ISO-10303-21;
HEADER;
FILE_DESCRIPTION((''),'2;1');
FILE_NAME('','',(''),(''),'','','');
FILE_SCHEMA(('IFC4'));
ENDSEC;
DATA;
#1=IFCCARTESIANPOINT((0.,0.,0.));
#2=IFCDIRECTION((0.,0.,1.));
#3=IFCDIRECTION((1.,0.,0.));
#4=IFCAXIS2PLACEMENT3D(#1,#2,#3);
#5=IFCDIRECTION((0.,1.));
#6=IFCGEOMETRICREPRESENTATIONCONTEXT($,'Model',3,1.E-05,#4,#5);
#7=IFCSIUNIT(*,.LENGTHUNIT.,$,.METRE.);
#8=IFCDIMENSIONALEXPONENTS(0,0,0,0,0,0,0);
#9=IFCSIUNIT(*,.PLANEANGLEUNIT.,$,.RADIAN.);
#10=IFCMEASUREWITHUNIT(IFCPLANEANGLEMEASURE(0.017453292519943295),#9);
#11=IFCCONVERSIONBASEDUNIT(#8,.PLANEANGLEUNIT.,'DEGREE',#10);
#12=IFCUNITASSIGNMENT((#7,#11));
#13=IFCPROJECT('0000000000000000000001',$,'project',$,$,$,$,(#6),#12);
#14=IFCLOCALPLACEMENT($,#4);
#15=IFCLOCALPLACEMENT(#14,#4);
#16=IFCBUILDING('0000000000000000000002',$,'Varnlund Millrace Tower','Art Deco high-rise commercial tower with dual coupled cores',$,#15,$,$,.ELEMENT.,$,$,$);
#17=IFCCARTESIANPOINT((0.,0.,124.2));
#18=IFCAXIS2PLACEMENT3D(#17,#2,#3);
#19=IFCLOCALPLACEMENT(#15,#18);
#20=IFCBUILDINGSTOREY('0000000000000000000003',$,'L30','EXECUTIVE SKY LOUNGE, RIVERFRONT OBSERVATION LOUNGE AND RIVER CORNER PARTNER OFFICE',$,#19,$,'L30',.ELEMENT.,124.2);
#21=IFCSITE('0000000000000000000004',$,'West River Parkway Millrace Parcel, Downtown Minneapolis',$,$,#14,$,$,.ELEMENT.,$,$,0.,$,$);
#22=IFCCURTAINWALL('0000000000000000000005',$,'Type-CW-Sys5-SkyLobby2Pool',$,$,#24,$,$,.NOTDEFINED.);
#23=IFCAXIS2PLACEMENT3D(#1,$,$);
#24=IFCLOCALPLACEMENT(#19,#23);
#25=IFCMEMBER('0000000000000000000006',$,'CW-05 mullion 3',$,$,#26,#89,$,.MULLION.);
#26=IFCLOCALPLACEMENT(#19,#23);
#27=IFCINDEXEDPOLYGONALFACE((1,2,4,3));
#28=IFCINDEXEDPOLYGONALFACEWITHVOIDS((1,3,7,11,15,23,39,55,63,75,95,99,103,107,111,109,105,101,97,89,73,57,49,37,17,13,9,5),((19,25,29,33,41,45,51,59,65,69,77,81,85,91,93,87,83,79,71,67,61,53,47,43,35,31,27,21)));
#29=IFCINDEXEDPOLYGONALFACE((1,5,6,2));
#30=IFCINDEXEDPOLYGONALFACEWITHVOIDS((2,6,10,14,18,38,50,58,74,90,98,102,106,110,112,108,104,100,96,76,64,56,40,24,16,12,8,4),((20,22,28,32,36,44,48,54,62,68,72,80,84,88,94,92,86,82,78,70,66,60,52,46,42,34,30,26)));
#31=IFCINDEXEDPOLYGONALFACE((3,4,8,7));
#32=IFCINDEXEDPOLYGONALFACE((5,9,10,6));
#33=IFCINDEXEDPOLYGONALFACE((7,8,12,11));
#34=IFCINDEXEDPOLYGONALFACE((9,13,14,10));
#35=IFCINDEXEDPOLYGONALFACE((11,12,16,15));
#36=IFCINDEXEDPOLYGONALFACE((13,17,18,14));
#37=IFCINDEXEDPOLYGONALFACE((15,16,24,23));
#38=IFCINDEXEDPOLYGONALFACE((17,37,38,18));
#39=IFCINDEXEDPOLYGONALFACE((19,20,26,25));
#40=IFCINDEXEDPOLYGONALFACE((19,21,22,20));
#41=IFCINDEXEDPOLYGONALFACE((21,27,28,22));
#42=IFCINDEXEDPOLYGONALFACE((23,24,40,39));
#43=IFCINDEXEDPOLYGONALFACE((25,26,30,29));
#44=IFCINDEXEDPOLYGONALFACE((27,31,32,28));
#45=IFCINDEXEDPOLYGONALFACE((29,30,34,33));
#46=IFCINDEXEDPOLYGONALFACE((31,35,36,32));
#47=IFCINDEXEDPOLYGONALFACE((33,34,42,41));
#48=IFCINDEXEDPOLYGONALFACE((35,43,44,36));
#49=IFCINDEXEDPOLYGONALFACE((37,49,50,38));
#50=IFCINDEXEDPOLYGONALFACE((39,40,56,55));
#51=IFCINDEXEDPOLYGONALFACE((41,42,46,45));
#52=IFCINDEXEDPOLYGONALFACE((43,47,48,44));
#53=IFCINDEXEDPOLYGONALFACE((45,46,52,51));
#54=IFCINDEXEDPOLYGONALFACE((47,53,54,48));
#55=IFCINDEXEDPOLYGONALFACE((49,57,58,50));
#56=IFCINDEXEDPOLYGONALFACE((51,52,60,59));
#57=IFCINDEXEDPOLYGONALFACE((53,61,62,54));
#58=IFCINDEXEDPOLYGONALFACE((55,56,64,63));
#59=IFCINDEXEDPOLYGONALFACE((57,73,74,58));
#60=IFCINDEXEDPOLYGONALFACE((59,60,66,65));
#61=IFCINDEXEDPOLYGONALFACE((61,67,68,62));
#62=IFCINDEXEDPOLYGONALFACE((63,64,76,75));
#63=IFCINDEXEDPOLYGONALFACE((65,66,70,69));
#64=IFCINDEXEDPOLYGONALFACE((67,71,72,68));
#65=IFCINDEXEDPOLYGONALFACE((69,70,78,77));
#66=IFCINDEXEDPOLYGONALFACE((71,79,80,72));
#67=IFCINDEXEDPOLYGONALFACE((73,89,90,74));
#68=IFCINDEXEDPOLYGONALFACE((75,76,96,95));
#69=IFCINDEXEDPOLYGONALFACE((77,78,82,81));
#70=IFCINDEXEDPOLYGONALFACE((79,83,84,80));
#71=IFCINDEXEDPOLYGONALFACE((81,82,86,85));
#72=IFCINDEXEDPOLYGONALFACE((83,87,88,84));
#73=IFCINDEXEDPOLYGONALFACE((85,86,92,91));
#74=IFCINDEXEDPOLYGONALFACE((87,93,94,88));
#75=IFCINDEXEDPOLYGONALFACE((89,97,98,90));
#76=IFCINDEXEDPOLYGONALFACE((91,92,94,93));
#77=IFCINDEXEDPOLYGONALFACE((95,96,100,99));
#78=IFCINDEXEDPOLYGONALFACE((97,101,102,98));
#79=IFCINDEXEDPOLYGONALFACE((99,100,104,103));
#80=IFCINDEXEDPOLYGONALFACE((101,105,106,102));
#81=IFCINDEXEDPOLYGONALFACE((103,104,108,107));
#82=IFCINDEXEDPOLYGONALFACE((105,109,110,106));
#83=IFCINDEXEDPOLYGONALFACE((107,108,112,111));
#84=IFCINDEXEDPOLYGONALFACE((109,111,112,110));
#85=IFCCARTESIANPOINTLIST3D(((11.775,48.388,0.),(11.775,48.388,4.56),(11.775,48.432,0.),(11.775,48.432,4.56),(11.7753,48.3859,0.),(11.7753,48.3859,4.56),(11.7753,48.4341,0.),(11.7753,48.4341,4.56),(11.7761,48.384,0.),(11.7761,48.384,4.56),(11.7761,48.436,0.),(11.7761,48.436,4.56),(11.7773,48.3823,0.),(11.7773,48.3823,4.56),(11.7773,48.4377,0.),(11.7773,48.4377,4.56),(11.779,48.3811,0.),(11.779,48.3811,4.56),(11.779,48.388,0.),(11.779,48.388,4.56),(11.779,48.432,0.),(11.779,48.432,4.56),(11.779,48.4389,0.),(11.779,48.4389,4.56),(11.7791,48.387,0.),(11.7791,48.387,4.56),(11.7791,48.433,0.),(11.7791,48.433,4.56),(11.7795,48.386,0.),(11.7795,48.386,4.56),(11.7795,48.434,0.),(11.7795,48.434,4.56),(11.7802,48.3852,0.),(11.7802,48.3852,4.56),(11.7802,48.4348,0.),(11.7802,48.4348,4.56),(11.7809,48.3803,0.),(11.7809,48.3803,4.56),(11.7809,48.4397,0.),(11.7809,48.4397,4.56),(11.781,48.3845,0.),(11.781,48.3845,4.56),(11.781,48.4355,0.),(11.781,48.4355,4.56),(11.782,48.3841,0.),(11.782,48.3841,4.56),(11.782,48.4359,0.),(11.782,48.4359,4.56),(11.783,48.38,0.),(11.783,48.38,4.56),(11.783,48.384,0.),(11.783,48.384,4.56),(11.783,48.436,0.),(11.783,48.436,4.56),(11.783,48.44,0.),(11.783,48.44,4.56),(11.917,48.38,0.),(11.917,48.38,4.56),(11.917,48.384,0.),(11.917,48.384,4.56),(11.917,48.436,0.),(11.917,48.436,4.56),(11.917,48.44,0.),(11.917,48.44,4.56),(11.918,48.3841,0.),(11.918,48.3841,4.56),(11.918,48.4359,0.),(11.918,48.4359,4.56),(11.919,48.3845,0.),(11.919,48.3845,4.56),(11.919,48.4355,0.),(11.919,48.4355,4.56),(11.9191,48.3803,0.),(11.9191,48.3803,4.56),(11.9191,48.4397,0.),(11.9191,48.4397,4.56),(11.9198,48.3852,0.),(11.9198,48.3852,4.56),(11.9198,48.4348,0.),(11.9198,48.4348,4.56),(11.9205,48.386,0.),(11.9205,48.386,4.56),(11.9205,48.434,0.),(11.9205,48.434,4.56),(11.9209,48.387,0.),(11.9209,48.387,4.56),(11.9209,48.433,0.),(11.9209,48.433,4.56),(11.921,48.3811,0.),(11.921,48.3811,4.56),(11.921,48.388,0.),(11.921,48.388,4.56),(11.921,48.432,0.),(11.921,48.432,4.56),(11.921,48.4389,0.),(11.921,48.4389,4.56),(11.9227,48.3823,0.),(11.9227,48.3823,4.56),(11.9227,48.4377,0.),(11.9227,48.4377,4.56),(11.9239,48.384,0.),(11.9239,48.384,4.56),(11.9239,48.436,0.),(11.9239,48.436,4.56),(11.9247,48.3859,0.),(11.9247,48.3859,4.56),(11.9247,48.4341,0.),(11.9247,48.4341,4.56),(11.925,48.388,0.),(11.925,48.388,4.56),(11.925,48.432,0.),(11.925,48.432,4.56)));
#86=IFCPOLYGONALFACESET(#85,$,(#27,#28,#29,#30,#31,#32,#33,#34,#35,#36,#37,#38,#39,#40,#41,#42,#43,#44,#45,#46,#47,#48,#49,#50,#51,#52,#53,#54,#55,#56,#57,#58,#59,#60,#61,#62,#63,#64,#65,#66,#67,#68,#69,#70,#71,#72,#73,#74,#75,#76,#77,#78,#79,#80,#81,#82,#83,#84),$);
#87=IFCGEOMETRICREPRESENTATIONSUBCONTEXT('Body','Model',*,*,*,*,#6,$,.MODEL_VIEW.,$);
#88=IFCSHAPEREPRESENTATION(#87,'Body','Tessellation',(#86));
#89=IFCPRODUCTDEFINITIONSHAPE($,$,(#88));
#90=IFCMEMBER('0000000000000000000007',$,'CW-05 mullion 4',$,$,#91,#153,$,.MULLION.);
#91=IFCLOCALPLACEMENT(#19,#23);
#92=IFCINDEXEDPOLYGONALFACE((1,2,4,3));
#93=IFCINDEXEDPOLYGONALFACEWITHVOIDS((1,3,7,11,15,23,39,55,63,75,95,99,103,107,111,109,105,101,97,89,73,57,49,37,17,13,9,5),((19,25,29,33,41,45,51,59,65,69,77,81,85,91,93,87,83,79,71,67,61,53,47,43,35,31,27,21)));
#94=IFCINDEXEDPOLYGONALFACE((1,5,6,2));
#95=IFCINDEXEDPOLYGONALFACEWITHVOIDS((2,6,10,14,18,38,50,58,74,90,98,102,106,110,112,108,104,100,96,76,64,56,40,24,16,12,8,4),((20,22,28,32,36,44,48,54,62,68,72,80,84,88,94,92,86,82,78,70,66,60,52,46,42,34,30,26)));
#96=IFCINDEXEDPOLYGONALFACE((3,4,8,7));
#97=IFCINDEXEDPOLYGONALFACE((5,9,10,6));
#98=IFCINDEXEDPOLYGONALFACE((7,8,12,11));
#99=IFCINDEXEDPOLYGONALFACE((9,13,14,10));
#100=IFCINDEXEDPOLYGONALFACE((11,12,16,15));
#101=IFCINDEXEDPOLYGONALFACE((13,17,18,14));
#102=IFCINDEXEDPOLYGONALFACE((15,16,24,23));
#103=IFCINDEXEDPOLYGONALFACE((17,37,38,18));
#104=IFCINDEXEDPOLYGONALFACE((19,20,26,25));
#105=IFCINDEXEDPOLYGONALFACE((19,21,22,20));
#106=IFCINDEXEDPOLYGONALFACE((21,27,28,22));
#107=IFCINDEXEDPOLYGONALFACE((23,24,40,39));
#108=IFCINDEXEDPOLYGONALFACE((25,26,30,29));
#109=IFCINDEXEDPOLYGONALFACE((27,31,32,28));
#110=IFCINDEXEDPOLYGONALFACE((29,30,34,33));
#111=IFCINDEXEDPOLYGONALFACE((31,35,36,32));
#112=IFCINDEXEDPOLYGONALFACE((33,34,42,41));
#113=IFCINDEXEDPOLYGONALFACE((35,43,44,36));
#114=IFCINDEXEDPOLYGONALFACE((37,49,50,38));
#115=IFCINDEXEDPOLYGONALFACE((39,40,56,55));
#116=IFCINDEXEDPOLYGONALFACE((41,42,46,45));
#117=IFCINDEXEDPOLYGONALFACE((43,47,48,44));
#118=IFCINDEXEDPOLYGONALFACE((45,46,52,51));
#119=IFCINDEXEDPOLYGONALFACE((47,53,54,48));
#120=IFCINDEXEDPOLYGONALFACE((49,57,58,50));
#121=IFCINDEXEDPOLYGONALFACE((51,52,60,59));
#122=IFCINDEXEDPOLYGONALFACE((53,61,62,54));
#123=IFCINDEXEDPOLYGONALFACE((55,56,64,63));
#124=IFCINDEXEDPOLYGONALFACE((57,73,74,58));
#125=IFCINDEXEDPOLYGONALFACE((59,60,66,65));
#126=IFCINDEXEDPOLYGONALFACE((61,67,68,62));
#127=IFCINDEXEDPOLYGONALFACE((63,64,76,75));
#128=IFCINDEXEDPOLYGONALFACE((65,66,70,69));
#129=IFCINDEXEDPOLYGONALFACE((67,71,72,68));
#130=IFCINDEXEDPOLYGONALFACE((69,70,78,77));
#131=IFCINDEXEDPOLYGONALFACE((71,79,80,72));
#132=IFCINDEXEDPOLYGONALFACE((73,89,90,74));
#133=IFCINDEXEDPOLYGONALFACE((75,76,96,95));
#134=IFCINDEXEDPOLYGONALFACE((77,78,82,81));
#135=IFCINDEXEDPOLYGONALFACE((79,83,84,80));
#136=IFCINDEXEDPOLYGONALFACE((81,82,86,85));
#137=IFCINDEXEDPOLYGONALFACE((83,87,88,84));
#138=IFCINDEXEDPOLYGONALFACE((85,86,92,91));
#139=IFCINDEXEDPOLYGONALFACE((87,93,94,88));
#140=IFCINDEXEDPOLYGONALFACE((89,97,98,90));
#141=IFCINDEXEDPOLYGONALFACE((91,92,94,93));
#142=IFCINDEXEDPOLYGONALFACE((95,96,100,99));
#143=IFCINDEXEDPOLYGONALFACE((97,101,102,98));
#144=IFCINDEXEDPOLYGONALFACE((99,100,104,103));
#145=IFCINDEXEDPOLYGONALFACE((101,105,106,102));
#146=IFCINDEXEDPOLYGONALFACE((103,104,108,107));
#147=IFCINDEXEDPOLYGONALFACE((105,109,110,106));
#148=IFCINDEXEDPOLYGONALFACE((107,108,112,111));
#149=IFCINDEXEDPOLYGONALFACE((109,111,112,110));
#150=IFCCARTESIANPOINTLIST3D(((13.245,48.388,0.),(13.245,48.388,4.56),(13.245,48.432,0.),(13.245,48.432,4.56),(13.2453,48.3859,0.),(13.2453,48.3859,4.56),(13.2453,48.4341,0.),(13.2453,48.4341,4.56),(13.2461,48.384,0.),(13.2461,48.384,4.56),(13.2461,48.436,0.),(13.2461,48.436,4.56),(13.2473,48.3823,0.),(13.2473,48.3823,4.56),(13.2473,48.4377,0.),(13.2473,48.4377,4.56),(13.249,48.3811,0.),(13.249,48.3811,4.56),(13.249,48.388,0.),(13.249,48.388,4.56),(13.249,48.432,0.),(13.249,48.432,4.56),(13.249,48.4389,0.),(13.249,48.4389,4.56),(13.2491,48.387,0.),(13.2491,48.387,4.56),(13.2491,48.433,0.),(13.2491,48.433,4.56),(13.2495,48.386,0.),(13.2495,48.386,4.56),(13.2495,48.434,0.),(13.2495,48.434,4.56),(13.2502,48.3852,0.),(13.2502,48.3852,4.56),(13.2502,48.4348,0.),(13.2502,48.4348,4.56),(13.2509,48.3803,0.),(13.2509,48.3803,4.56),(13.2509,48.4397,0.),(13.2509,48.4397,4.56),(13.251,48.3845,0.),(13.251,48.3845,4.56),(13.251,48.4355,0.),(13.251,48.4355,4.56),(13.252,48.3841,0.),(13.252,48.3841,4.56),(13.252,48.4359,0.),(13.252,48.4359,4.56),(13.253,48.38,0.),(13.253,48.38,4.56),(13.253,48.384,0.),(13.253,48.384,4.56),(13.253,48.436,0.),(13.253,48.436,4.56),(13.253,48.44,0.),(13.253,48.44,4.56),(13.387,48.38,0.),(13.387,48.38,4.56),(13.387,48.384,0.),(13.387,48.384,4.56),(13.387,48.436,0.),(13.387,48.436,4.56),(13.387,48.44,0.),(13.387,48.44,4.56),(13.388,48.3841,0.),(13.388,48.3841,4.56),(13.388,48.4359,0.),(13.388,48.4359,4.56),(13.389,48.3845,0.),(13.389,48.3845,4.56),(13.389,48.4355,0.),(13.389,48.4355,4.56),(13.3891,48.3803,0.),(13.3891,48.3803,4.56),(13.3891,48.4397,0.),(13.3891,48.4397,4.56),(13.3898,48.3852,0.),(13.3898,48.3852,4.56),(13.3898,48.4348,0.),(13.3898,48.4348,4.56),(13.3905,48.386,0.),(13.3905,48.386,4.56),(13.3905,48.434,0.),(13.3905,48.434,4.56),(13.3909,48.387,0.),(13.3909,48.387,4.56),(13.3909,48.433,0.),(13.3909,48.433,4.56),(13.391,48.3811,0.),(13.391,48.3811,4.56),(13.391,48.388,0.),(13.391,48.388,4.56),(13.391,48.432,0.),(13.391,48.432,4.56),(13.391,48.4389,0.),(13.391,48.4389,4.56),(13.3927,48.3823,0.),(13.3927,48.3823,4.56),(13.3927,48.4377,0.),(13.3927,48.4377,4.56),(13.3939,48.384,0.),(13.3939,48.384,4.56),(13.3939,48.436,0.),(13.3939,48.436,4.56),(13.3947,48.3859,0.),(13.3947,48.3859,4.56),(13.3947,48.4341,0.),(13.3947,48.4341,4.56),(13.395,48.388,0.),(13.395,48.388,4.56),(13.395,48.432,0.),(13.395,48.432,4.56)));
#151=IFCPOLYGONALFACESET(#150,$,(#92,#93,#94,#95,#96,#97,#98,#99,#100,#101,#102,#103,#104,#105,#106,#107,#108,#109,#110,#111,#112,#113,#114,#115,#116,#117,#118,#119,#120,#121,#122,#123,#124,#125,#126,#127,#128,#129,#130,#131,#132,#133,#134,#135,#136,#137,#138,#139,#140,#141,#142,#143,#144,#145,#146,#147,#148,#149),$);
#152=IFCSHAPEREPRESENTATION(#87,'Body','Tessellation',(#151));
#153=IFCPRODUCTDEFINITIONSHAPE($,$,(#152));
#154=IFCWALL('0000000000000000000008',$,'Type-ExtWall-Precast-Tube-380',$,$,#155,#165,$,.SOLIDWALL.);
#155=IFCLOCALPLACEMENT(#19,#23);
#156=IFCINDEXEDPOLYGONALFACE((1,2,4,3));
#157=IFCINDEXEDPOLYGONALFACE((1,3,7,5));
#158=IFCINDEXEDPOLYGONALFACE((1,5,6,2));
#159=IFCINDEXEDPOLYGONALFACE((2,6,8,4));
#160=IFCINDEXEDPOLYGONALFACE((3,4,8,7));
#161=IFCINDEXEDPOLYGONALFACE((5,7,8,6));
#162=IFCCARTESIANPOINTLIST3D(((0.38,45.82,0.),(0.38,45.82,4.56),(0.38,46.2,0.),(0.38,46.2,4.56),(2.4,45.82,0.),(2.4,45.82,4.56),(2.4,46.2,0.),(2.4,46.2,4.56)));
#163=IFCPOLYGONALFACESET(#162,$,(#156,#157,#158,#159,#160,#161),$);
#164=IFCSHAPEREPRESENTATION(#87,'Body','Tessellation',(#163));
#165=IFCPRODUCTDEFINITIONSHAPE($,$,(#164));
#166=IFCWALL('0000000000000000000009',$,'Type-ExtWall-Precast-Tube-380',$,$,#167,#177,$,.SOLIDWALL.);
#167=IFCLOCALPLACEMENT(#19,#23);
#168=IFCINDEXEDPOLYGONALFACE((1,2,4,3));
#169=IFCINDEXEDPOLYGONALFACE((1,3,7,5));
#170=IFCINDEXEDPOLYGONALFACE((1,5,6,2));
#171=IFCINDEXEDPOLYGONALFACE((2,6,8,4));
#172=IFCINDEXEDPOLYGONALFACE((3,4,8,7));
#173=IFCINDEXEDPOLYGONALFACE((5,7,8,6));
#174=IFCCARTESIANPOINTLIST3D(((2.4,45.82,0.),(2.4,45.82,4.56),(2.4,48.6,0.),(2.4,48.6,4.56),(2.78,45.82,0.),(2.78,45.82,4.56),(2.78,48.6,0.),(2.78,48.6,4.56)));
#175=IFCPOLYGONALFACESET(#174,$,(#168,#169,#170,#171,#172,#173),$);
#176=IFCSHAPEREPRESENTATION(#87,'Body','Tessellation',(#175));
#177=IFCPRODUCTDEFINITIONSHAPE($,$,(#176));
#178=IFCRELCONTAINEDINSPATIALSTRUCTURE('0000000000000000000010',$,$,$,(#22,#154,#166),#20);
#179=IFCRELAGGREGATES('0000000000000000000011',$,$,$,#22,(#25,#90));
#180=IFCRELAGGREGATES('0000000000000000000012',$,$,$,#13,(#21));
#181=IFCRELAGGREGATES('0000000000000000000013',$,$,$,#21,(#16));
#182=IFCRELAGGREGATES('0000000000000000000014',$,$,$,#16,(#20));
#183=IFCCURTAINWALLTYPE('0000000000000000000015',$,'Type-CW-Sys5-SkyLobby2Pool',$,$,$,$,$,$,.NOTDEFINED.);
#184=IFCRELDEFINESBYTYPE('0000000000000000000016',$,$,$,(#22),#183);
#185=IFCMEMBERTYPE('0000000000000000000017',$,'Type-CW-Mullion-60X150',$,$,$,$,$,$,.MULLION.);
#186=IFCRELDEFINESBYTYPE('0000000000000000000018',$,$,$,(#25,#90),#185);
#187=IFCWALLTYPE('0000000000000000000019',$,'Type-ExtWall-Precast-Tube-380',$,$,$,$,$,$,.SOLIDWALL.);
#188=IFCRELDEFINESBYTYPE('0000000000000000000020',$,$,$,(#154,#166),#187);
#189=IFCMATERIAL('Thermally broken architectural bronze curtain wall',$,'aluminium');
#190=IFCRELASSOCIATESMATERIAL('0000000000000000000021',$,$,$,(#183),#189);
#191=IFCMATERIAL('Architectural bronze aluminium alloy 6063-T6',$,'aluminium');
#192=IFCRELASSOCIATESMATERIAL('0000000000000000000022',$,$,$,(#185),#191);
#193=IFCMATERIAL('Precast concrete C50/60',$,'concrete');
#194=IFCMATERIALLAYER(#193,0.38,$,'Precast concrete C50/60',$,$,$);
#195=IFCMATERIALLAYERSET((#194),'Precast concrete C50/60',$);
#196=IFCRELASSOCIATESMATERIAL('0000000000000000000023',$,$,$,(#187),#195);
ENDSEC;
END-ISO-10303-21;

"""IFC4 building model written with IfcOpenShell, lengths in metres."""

from ifc_helpers import new_model, entity, si_unit, converted_unit, direction, frame, origin_with_axes, origin_2d_with_axis, place, context, subcontext, project, spatial, polyline, hollow_rectangle, outline, extrude, material, layer, layer_set, material_profile, profile_set, type_object, element, aggregate, save


model = new_model("IFC4")

# Units and contexts
model_context = context("Model", 3, precision=1e-05, world=origin_with_axes(), true_north=direction((0.0, 1.0)))
body_context = subcontext(model_context, "Body", "Model", "MODEL_VIEW")
ifc_project = project(units=[si_unit("LENGTHUNIT", "METRE"), converted_unit("PLANEANGLEUNIT", "DEGREE", entity("IfcPlaneAngleMeasure", 0.017453292519943295), si_unit("PLANEANGLEUNIT", "RADIAN"), dimensions=[0, 0, 0, 0, 0, 0, 0])], contexts=[model_context])

# Site, building, storey
site_placement = place(None, origin_with_axes())
site = spatial("IfcSite", under=ifc_project, at=site_placement, Name="West River Parkway Millrace Parcel, Downtown Minneapolis", CompositionType="ELEMENT", RefElevation=0.0)
building_placement = place(site_placement, origin_with_axes())
building = spatial("IfcBuilding", under=site, at=building_placement, Name="Varnlund Millrace Tower", Description="Art Deco high-rise commercial tower with dual coupled cores", CompositionType="ELEMENT")
storey_placement = place(building_placement, frame((0.0, 0.0, 124.2), z_axis=(0.0, 0.0, 1.0), x_axis=(1.0, 0.0, 0.0)))
storey = spatial("IfcBuildingStorey", under=building, at=storey_placement, Name="L30", Description="EXECUTIVE SKY LOUNGE, RIVERFRONT OBSERVATION LOUNGE AND RIVER CORNER PARTNER OFFICE", LongName="L30", CompositionType="ELEMENT", Elevation=124.2)

# Curtain wall, members
ifc_material_1 = material(Name="Thermally broken architectural bronze curtain wall", Category="aluminium")
curtain_wall_type = type_object("IfcCurtainWallType", Name="Type-CW-Sys5-SkyLobby2Pool", PredefinedType="NOTDEFINED", material=ifc_material_1)
ifc_material_2 = material(Name="Architectural bronze aluminium alloy 6063-T6", Category="aluminium")
ifc_material_profile_1 = material_profile(ifc_material_2, hollow_rectangle(XDim=0.06, YDim=0.15, WallThickness=0.004, InnerFilletRadius=0.004, OuterFilletRadius=0.008, at=origin_2d_with_axis()), Name="Architectural bronze aluminium alloy 6063-T6")
ifc_profile_set_1 = profile_set([ifc_material_profile_1], Name="Architectural bronze aluminium alloy 6063-T6")
member_type = type_object("IfcMemberType", Name="Type-CW-Mullion-60X150", PredefinedType="MULLION", material=ifc_profile_set_1)
curtain_wall_1_placement = place(storey_placement, frame((8.85, 48.41, 0.0), z_axis=(0.0, 0.0, 1.0), x_axis=(1.0, 0.0, 0.0)))
curtain_wall_1 = element("IfcCurtainWall", 1, at=curtain_wall_1_placement, inside=storey, type_object=curtain_wall_type, Name="Type-CW-Sys5-SkyLobby2Pool", PredefinedType="NOTDEFINED")
member_1_placement = place(storey_placement, frame((11.85, 48.41, 0.0), z_axis=(0.0, 0.0, 1.0), x_axis=(0.0, 1.0, 0.0)))
member_1 = element("IfcMember", 2, at=member_1_placement, type_object=member_type, Name="CW-05 mullion 3", PredefinedType="MULLION", context=body_context, shape_type="SweptSolid", body=[
    extrude(hollow_rectangle(XDim=0.06, YDim=0.15, WallThickness=0.004, InnerFilletRadius=0.004, OuterFilletRadius=0.008, at=origin_2d_with_axis()), origin_with_axes(), (0.0, 0.0, 1.0), 4.56),
])
member_2_placement = place(storey_placement, frame((13.32, 48.41, 0.0), z_axis=(0.0, 0.0, 1.0), x_axis=(0.0, 1.0, 0.0)))
member_2 = element("IfcMember", 3, at=member_2_placement, type_object=member_type, Name="CW-05 mullion 4", PredefinedType="MULLION", context=body_context, shape_type="SweptSolid", body=[
    extrude(hollow_rectangle(XDim=0.06, YDim=0.15, WallThickness=0.004, InnerFilletRadius=0.004, OuterFilletRadius=0.008, at=origin_2d_with_axis()), origin_with_axes(), (0.0, 0.0, 1.0), 4.56),
])
aggregate(curtain_wall_1, [member_1, member_2])

# Walls
ifc_material_3 = material(Name="Precast concrete C50/60", Category="concrete")
ifc_layer_1 = layer(ifc_material_3, 0.38, Name="Precast concrete C50/60")
ifc_layer_set_1 = layer_set([ifc_layer_1], Name="Precast concrete C50/60")
wall_type_1 = type_object("IfcWallType", Name="Type-ExtWall-Precast-Tube-380", PredefinedType="SOLIDWALL", material=ifc_layer_set_1)
wall_1_placement = place(storey_placement, frame((0.38, 46.01, 0.0), z_axis=(0.0, 0.0, 1.0), x_axis=(1.0, 0.0, 0.0)))
element("IfcWall", 4, at=wall_1_placement, inside=storey, type_object=wall_type_1, Name="Type-ExtWall-Precast-Tube-380", PredefinedType="SOLIDWALL", context=body_context, shape_type="SweptSolid", body=[
    extrude(outline(polyline([(0.0, -0.19), (2.02, -0.19), (2.02, 0.19), (0.0, 0.19), (0.0, -0.19)])), origin_with_axes(), (0.0, 0.0, 1.0), 4.56),
])
wall_2_placement = place(storey_placement, frame((2.59, 45.82, 0.0), z_axis=(0.0, 0.0, 1.0), x_axis=(0.0, 1.0, 0.0)))
element("IfcWall", 5, at=wall_2_placement, inside=storey, type_object=wall_type_1, Name="Type-ExtWall-Precast-Tube-380", PredefinedType="SOLIDWALL", context=body_context, shape_type="SweptSolid", body=[
    extrude(outline(polyline([(0.0, -0.19), (2.78, -0.19), (2.78, 0.19), (0.0, 0.19), (0.0, -0.19)])), origin_with_axes(), (0.0, 0.0, 1.0), 4.56),
])

save(model, "model.ifc")
